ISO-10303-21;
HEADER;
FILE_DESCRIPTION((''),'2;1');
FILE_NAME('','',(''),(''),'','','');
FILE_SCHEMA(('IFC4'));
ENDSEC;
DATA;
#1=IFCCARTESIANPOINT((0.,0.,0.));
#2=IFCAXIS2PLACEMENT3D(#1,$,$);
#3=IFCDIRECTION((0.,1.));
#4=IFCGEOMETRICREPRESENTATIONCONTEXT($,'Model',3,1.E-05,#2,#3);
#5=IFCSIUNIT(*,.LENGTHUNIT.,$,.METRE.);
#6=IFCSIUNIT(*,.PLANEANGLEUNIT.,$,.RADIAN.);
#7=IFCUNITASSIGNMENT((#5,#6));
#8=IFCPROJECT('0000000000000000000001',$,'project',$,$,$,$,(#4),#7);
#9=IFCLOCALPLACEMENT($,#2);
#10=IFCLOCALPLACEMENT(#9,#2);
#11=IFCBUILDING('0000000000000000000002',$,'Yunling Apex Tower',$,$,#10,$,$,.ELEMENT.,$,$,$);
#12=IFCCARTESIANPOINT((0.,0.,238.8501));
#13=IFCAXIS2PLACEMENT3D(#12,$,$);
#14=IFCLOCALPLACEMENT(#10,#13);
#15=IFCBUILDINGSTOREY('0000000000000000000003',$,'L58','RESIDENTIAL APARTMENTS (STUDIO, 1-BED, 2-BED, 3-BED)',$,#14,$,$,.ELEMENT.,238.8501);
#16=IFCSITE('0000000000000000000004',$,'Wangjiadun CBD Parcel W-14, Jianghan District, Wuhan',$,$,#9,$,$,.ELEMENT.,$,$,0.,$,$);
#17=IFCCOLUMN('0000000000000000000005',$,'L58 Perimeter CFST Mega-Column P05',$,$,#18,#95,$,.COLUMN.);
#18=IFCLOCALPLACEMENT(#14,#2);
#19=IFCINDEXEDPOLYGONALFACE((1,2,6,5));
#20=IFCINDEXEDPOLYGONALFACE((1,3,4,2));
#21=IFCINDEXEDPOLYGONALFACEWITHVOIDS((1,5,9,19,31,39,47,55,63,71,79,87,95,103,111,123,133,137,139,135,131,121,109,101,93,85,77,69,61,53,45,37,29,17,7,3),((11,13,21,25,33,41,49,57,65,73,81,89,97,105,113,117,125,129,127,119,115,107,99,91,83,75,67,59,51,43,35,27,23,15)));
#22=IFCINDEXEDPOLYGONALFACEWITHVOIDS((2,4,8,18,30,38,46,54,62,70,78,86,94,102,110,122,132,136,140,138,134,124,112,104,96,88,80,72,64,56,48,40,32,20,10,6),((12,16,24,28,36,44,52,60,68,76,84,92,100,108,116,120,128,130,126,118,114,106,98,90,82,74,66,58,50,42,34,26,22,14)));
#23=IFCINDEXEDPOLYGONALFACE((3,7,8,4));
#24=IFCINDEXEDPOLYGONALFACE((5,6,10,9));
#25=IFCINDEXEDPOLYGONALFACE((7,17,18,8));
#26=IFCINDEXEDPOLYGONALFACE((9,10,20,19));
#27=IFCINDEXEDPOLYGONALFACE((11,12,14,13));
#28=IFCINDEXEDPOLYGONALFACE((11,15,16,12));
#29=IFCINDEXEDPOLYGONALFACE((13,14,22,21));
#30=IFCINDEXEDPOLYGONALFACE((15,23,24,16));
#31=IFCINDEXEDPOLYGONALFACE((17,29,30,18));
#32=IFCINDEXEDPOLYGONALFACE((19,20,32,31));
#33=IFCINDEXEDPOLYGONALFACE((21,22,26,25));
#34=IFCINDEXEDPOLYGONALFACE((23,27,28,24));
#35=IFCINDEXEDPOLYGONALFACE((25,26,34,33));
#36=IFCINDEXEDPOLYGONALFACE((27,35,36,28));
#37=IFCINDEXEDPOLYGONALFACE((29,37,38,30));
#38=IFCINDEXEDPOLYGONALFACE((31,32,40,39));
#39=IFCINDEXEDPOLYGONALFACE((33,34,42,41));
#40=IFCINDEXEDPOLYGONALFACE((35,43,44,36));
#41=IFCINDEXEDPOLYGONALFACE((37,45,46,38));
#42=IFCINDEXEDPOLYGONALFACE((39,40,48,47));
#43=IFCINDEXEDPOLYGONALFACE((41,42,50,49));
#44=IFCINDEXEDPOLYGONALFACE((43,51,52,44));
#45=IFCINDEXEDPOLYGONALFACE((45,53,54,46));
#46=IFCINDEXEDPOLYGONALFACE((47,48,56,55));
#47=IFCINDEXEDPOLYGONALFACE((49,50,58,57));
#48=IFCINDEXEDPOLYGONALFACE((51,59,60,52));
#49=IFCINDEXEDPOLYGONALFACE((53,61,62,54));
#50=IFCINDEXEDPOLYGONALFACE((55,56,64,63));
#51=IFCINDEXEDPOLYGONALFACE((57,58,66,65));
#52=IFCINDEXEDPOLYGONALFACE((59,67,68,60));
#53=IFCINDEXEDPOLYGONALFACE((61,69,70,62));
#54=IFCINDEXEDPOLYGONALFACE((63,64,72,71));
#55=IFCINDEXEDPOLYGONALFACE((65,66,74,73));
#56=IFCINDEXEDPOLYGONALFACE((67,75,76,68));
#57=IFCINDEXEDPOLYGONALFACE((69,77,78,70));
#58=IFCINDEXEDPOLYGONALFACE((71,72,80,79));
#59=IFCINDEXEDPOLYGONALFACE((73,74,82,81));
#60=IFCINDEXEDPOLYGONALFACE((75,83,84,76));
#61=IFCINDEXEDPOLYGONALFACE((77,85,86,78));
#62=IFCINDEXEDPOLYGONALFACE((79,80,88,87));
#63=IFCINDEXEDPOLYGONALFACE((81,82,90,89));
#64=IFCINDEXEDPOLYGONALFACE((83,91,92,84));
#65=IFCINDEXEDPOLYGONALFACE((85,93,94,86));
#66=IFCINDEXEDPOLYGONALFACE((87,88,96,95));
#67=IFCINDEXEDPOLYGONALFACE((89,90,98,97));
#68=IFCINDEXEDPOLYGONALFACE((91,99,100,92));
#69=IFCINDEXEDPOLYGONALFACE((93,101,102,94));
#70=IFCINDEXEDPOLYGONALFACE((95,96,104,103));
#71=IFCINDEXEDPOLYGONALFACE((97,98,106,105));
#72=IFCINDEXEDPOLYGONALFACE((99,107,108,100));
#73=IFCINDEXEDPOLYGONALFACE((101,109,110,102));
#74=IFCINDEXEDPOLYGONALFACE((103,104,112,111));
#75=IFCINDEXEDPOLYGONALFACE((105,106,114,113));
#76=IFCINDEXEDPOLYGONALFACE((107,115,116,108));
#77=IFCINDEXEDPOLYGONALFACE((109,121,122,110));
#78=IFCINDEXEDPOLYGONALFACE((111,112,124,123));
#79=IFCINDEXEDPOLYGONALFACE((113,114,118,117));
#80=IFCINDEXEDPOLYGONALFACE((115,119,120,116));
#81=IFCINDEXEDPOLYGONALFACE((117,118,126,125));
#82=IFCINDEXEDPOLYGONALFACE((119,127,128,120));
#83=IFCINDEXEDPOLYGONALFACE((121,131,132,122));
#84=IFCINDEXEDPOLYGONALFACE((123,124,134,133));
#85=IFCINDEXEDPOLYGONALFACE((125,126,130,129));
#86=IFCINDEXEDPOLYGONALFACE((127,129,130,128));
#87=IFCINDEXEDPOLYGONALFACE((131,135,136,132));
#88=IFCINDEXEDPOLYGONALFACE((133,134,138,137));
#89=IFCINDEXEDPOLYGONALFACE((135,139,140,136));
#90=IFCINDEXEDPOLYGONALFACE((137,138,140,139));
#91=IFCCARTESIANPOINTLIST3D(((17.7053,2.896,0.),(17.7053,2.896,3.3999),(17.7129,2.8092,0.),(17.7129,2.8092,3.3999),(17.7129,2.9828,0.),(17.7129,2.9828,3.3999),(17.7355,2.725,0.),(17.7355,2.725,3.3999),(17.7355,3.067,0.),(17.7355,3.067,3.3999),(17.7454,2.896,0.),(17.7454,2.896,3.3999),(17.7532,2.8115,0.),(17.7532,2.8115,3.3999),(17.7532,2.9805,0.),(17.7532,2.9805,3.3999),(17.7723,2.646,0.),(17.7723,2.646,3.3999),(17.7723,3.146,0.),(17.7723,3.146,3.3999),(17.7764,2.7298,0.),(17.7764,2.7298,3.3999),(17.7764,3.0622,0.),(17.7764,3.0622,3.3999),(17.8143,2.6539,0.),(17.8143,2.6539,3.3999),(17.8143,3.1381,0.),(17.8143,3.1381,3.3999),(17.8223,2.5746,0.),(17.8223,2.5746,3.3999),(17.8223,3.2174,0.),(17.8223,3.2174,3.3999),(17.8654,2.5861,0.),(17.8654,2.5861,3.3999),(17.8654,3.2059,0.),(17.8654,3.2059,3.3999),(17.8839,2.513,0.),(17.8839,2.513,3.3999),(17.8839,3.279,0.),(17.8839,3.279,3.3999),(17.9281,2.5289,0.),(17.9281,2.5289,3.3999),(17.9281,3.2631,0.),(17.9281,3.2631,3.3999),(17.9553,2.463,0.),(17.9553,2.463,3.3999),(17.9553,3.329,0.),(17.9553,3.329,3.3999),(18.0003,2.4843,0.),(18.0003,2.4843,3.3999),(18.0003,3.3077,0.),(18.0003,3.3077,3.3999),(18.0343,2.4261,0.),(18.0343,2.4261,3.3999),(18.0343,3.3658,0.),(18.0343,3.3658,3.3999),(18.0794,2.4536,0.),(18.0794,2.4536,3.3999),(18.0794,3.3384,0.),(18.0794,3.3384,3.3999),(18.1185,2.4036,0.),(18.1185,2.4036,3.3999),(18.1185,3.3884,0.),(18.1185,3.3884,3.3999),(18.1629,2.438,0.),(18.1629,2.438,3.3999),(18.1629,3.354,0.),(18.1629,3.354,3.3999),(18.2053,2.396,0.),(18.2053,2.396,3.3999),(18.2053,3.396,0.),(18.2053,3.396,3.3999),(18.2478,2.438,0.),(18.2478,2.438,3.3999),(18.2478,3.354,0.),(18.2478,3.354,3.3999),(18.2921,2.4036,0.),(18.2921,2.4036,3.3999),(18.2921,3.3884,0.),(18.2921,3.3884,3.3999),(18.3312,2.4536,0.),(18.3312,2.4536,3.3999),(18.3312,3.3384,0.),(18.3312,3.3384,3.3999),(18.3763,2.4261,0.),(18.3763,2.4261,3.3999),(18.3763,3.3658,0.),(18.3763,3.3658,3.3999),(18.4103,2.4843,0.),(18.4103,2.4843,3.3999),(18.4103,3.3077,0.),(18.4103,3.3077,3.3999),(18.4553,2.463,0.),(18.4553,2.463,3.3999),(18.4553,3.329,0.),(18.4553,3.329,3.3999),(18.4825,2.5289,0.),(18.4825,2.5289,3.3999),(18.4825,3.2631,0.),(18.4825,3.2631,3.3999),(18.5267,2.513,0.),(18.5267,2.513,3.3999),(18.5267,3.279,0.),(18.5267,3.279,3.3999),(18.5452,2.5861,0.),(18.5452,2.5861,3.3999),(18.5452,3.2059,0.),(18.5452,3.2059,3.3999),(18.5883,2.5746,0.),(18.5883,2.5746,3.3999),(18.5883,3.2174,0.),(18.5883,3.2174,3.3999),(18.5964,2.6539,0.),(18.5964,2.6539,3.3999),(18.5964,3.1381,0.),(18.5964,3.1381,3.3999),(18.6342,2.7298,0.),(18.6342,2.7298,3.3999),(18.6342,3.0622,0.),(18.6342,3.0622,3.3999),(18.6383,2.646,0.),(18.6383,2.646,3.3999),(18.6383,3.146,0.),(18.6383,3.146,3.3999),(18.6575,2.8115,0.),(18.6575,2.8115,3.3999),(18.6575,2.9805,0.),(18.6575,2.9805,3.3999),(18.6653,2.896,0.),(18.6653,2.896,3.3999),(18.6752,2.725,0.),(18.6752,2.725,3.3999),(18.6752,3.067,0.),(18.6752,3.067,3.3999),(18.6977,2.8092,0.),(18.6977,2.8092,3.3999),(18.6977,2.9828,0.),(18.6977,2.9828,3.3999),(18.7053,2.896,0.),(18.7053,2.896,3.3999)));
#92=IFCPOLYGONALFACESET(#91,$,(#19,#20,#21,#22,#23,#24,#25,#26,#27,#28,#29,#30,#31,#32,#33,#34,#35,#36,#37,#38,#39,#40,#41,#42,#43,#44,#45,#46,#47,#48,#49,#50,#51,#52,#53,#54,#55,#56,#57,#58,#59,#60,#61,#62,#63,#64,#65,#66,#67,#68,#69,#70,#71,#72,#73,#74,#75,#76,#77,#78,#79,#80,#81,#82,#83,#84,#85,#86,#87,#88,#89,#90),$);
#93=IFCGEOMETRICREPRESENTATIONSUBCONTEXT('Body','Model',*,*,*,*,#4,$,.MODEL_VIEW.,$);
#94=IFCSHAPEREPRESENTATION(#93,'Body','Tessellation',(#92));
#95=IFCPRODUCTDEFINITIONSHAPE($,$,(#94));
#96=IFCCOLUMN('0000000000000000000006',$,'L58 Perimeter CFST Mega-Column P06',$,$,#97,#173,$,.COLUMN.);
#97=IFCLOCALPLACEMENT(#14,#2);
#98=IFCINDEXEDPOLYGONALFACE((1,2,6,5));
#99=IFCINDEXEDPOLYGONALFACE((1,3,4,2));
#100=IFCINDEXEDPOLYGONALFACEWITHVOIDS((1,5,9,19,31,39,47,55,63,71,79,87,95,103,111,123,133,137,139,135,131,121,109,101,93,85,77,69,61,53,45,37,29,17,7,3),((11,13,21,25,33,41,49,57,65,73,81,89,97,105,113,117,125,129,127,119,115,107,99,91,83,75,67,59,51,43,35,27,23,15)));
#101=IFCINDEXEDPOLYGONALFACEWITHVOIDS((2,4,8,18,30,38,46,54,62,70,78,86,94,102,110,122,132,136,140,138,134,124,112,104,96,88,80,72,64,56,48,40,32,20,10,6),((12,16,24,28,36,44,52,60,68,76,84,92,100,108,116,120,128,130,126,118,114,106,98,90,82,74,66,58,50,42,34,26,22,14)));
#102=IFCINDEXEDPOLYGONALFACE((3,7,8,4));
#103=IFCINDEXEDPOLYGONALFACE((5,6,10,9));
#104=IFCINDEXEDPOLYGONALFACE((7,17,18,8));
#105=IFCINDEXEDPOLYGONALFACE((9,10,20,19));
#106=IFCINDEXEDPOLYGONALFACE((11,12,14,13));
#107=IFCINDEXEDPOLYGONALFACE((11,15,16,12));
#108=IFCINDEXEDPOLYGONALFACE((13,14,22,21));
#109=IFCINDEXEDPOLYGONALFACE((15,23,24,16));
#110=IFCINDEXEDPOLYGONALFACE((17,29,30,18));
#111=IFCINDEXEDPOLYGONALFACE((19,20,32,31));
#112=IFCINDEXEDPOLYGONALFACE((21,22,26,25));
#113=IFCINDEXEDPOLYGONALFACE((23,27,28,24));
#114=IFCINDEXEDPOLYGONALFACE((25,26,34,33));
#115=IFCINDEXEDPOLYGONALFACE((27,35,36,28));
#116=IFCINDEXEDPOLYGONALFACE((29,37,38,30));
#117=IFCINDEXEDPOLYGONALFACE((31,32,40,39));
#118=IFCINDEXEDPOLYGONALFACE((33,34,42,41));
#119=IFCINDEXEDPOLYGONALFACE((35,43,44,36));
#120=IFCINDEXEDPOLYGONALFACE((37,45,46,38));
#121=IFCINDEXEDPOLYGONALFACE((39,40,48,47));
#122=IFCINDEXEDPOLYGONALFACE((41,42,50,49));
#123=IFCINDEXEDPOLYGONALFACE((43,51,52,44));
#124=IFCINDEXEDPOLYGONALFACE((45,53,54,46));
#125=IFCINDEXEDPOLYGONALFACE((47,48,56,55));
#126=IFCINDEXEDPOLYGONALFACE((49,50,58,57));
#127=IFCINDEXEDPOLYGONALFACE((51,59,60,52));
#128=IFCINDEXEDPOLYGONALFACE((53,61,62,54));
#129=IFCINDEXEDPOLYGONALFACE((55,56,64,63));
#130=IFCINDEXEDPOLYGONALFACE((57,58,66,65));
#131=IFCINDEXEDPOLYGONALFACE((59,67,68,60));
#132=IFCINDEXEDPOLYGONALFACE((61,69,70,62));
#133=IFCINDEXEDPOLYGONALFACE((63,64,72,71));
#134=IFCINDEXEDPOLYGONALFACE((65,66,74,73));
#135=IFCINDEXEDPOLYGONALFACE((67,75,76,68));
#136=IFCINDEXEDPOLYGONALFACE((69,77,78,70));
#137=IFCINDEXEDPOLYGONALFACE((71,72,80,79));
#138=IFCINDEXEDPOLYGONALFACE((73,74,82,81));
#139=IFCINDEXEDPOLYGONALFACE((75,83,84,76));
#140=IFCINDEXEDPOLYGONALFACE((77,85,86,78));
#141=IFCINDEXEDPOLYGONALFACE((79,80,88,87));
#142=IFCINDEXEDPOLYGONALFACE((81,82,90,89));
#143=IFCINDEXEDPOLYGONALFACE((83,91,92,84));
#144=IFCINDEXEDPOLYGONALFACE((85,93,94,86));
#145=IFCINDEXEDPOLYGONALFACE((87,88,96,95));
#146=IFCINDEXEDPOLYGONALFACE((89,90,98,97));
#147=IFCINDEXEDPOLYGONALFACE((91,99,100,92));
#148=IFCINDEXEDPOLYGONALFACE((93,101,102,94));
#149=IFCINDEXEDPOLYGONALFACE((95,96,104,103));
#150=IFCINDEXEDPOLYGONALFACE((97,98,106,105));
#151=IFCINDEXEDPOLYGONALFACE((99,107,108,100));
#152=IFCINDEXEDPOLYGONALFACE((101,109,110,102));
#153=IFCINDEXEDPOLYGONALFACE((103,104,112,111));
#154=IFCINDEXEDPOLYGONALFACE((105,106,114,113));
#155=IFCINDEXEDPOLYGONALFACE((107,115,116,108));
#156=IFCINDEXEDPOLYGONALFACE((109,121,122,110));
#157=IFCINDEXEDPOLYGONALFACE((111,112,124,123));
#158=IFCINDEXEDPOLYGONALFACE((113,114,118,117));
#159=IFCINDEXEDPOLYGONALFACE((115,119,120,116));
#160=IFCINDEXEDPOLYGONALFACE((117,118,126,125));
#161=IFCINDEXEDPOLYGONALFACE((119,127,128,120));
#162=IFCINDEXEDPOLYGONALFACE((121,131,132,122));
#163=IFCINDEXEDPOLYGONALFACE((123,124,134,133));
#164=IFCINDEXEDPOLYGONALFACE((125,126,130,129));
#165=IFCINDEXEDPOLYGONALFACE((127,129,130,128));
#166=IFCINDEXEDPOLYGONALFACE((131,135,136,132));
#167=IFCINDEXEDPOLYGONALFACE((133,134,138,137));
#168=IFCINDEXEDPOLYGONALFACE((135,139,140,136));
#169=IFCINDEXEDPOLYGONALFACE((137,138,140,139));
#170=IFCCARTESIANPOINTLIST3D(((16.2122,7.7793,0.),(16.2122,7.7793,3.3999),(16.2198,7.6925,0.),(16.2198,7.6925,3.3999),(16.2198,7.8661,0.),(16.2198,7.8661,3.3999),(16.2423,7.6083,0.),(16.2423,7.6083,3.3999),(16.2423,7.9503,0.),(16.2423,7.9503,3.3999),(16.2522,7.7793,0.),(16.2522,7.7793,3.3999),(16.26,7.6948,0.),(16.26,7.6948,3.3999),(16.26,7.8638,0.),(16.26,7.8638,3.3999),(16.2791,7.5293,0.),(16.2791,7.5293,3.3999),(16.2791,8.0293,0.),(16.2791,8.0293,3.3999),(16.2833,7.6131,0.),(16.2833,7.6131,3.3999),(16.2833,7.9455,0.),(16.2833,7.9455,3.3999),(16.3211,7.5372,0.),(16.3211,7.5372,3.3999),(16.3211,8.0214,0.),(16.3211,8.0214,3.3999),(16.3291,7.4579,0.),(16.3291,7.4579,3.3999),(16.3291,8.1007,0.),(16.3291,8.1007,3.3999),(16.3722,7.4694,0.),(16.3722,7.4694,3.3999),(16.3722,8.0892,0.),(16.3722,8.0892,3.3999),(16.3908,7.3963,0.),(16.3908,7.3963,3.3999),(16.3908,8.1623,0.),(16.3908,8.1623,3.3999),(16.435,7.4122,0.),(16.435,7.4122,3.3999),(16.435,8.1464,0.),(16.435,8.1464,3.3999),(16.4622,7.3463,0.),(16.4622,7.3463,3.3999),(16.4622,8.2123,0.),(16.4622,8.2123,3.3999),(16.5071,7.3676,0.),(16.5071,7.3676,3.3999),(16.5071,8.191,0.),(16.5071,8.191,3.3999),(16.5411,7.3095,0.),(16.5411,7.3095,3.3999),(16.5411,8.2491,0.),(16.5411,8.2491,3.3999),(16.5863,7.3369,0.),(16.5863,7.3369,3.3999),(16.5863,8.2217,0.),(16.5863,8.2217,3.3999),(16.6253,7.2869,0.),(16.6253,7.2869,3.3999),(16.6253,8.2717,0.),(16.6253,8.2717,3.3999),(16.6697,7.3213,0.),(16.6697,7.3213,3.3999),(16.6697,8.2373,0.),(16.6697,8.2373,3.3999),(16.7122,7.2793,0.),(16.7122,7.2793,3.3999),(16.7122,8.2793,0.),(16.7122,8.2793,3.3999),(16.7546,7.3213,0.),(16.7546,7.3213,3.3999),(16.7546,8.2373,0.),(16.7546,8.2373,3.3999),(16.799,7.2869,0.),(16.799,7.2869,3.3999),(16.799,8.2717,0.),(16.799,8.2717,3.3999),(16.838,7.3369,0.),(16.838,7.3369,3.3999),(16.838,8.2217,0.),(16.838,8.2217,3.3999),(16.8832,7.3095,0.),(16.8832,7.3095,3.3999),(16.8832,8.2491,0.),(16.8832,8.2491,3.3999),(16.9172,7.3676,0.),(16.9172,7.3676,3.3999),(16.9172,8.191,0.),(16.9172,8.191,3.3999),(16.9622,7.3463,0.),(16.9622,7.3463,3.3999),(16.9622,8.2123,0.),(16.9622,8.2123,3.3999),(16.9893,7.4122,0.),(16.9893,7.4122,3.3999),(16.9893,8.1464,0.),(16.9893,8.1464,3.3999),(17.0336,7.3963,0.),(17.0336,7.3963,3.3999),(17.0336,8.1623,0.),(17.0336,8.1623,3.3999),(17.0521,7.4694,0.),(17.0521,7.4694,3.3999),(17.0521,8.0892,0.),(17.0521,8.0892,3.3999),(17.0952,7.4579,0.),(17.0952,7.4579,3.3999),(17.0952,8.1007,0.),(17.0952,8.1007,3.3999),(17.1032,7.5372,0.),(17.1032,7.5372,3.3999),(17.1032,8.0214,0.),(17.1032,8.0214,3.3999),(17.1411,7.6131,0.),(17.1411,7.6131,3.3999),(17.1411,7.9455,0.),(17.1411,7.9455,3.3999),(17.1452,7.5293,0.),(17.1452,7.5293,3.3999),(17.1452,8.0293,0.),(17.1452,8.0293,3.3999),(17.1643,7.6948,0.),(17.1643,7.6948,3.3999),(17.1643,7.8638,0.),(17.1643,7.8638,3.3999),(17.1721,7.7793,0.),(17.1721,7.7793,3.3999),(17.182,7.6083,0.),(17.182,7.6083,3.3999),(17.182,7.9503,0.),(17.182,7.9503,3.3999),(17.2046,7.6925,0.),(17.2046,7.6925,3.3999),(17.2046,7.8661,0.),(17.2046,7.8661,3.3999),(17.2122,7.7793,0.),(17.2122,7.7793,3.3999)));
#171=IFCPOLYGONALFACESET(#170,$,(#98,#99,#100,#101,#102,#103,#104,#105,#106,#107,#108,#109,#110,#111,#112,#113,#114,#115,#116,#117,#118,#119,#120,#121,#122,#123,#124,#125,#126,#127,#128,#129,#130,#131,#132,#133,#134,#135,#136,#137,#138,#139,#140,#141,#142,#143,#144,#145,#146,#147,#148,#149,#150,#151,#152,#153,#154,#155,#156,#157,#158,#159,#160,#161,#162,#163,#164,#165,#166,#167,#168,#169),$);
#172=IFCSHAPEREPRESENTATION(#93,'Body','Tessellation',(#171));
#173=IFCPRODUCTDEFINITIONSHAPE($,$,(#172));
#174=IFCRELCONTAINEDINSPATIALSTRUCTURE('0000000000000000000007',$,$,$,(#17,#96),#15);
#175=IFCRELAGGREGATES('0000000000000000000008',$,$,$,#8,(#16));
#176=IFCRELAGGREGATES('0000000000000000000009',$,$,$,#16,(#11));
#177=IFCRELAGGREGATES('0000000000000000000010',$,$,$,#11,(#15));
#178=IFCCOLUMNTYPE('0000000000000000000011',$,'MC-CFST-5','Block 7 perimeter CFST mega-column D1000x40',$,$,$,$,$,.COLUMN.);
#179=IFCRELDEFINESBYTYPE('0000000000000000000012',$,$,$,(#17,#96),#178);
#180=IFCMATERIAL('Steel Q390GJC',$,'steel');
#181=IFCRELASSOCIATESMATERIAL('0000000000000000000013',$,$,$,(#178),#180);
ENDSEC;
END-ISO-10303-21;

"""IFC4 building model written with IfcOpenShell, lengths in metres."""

from ifc_helpers import new_model, si_unit, direction, frame, origin, origin_2d, place, context, subcontext, project, spatial, hollow_circle, extrude, source, transform, mapped, material, material_profile, profile_set, type_object, element, save


model = new_model("IFC4")

# Units and contexts
model_context = context("Model", 3, precision=1e-05, world=origin(), true_north=direction((0.0, 1.0)))
body_context = subcontext(model_context, "Body", "Model", "MODEL_VIEW")
ifc_project = project(units=[si_unit("LENGTHUNIT", "METRE"), si_unit("PLANEANGLEUNIT", "RADIAN")], contexts=[model_context])

# Site, building, storey
site_placement = place(None, origin())
site = spatial("IfcSite", under=ifc_project, at=site_placement, Name="Wangjiadun CBD Parcel W-14, Jianghan District, Wuhan", CompositionType="ELEMENT", RefElevation=0.0)
building_placement = place(site_placement, origin())
building = spatial("IfcBuilding", under=site, at=building_placement, Name="Yunling Apex Tower", CompositionType="ELEMENT")
storey_placement = place(building_placement, frame((0.0, 0.0, 238.8501)))
storey = spatial("IfcBuildingStorey", under=building, at=storey_placement, Name="L58", Description="RESIDENTIAL APARTMENTS (STUDIO, 1-BED, 2-BED, 3-BED)", CompositionType="ELEMENT", Elevation=238.8501)

# Columns
ifc_material_1 = material(Name="Steel Q390GJC", Category="steel")
ifc_material_profile_1 = material_profile(ifc_material_1, hollow_circle(Radius=0.5, WallThickness=0.04, at=origin_2d()))
ifc_profile_set_1 = profile_set([ifc_material_profile_1], Name="Steel Q390GJC")
column_type = type_object("IfcColumnType", Name="MC-CFST-5", Description="Block 7 perimeter CFST mega-column D1000x40", PredefinedType="COLUMN", material=ifc_profile_set_1)
shared_shape_1 = source(origin(), body_context, "Body", "SweptSolid", [
    extrude(hollow_circle(Radius=0.5, WallThickness=0.04, at=origin_2d()), origin(), (0.0, 0.0, 1.0), 3.3999),
])
for number, where, z_axis, x_axis, name in (
    (1, (18.2053, 2.896, 0.0), (0.0, 0.0, 1.0), (1.0, 0.0, 0.0), "L58 Perimeter CFST Mega-Column P05"),
    (2, (16.7122, 7.7793, 0.0), (0.0, 0.0, 1.0), (1.0, 0.0, 0.0), "L58 Perimeter CFST Mega-Column P06"),
):
    element("IfcColumn", number, at=place(storey_placement, frame(where, z_axis=z_axis, x_axis=x_axis)), inside=storey, type_object=column_type, Name=name, PredefinedType="COLUMN", context=body_context, shape_type="MappedRepresentation", body=[
        mapped(shared_shape_1, transform((0.0, 0.0, 0.0), scale=1.0)),
    ])

save(model, "model.ifc")
